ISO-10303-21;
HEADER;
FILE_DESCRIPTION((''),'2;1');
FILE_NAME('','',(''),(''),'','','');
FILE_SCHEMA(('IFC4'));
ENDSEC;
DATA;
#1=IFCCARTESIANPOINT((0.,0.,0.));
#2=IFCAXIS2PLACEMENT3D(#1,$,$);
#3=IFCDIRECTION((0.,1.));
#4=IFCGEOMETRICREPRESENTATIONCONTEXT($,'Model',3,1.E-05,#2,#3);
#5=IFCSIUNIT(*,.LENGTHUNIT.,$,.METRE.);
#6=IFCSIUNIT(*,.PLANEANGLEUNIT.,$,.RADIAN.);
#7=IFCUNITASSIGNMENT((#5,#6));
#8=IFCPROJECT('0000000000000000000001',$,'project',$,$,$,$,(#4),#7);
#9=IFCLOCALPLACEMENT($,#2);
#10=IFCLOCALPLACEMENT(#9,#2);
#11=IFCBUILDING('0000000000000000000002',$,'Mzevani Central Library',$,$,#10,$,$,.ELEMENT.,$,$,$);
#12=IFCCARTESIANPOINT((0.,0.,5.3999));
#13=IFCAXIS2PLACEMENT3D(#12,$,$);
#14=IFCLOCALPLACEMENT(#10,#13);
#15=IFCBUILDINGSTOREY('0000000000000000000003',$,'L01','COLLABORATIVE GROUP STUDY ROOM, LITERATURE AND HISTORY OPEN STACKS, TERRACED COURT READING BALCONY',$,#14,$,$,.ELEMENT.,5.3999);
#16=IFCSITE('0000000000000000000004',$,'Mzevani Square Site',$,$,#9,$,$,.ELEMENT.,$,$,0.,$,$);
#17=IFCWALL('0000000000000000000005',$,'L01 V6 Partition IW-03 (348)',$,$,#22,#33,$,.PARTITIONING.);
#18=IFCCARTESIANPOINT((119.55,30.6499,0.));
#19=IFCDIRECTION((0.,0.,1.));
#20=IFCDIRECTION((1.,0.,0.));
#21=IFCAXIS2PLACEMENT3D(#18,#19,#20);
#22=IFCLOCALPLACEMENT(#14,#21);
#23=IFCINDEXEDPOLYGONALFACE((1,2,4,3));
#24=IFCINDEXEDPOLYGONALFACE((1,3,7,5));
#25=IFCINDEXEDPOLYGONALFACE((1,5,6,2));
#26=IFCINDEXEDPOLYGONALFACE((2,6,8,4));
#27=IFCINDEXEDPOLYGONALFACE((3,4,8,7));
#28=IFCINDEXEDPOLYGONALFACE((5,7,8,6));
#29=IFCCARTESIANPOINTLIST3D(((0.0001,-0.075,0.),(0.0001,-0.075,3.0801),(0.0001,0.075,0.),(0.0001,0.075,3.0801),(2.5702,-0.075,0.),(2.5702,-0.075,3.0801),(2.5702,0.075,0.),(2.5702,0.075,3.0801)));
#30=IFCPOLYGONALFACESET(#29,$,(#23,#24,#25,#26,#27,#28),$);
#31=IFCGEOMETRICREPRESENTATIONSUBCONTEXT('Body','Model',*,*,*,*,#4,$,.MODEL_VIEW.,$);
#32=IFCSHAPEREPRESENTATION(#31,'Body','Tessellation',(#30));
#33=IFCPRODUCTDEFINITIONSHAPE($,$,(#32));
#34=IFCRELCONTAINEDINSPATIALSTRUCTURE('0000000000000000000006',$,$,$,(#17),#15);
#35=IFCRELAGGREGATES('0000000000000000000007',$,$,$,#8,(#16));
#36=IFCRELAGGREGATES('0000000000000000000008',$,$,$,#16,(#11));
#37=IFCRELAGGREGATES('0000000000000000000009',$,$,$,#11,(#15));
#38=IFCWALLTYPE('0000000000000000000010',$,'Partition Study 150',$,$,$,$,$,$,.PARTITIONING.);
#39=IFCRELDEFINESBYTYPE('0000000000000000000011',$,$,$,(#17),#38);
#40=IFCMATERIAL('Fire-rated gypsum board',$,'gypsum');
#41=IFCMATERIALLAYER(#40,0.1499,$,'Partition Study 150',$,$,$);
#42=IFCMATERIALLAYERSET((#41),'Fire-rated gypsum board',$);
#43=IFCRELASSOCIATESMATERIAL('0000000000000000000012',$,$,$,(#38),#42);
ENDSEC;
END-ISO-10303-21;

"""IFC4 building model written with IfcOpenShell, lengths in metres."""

from ifc_helpers import new_model, si_unit, direction, frame, frame_2d, origin, place, context, subcontext, project, spatial, rectangle, extrude, material, layer, layer_set, type_object, element, save


model = new_model("IFC4")

# Units and contexts
model_context = context("Model", 3, precision=1e-05, world=origin(), true_north=direction((0.0, 1.0)))
body_context = subcontext(model_context, "Body", "Model", "MODEL_VIEW")
ifc_project = project(units=[si_unit("LENGTHUNIT", "METRE"), si_unit("PLANEANGLEUNIT", "RADIAN")], contexts=[model_context])

# Site, building, storey
site_placement = place(None, origin())
site = spatial("IfcSite", under=ifc_project, at=site_placement, Name="Mzevani Square Site", CompositionType="ELEMENT", RefElevation=0.0)
building_placement = place(site_placement, origin())
building = spatial("IfcBuilding", under=site, at=building_placement, Name="Mzevani Central Library", CompositionType="ELEMENT")
storey_placement = place(building_placement, frame((0.0, 0.0, 5.3999)))
storey = spatial("IfcBuildingStorey", under=building, at=storey_placement, Name="L01", Description="COLLABORATIVE GROUP STUDY ROOM, LITERATURE AND HISTORY OPEN STACKS, TERRACED COURT READING BALCONY", CompositionType="ELEMENT", Elevation=5.3999)

# Wall
ifc_material_1 = material(Name="Fire-rated gypsum board", Category="gypsum")
ifc_layer_1 = layer(ifc_material_1, 0.1499, Name="Partition Study 150")
ifc_layer_set_1 = layer_set([ifc_layer_1], Name="Fire-rated gypsum board")
wall_type_1 = type_object("IfcWallType", Name="Partition Study 150", PredefinedType="PARTITIONING", material=ifc_layer_set_1)
wall_1_placement = place(storey_placement, frame((119.55, 30.6499, 0.0), z_axis=(0.0, 0.0, 1.0), x_axis=(1.0, 0.0, 0.0)))
element("IfcWall", 1, at=wall_1_placement, inside=storey, type_object=wall_type_1, Name="L01 V6 Partition IW-03 (348)", PredefinedType="PARTITIONING", context=body_context, shape_type="SweptSolid", body=[
    extrude(rectangle(XDim=2.5701, YDim=0.1499, at=frame_2d((1.2852, 0.0))), origin(), (0.0, 0.0, 1.0), 3.0801),
])

save(model, "model.ifc")
